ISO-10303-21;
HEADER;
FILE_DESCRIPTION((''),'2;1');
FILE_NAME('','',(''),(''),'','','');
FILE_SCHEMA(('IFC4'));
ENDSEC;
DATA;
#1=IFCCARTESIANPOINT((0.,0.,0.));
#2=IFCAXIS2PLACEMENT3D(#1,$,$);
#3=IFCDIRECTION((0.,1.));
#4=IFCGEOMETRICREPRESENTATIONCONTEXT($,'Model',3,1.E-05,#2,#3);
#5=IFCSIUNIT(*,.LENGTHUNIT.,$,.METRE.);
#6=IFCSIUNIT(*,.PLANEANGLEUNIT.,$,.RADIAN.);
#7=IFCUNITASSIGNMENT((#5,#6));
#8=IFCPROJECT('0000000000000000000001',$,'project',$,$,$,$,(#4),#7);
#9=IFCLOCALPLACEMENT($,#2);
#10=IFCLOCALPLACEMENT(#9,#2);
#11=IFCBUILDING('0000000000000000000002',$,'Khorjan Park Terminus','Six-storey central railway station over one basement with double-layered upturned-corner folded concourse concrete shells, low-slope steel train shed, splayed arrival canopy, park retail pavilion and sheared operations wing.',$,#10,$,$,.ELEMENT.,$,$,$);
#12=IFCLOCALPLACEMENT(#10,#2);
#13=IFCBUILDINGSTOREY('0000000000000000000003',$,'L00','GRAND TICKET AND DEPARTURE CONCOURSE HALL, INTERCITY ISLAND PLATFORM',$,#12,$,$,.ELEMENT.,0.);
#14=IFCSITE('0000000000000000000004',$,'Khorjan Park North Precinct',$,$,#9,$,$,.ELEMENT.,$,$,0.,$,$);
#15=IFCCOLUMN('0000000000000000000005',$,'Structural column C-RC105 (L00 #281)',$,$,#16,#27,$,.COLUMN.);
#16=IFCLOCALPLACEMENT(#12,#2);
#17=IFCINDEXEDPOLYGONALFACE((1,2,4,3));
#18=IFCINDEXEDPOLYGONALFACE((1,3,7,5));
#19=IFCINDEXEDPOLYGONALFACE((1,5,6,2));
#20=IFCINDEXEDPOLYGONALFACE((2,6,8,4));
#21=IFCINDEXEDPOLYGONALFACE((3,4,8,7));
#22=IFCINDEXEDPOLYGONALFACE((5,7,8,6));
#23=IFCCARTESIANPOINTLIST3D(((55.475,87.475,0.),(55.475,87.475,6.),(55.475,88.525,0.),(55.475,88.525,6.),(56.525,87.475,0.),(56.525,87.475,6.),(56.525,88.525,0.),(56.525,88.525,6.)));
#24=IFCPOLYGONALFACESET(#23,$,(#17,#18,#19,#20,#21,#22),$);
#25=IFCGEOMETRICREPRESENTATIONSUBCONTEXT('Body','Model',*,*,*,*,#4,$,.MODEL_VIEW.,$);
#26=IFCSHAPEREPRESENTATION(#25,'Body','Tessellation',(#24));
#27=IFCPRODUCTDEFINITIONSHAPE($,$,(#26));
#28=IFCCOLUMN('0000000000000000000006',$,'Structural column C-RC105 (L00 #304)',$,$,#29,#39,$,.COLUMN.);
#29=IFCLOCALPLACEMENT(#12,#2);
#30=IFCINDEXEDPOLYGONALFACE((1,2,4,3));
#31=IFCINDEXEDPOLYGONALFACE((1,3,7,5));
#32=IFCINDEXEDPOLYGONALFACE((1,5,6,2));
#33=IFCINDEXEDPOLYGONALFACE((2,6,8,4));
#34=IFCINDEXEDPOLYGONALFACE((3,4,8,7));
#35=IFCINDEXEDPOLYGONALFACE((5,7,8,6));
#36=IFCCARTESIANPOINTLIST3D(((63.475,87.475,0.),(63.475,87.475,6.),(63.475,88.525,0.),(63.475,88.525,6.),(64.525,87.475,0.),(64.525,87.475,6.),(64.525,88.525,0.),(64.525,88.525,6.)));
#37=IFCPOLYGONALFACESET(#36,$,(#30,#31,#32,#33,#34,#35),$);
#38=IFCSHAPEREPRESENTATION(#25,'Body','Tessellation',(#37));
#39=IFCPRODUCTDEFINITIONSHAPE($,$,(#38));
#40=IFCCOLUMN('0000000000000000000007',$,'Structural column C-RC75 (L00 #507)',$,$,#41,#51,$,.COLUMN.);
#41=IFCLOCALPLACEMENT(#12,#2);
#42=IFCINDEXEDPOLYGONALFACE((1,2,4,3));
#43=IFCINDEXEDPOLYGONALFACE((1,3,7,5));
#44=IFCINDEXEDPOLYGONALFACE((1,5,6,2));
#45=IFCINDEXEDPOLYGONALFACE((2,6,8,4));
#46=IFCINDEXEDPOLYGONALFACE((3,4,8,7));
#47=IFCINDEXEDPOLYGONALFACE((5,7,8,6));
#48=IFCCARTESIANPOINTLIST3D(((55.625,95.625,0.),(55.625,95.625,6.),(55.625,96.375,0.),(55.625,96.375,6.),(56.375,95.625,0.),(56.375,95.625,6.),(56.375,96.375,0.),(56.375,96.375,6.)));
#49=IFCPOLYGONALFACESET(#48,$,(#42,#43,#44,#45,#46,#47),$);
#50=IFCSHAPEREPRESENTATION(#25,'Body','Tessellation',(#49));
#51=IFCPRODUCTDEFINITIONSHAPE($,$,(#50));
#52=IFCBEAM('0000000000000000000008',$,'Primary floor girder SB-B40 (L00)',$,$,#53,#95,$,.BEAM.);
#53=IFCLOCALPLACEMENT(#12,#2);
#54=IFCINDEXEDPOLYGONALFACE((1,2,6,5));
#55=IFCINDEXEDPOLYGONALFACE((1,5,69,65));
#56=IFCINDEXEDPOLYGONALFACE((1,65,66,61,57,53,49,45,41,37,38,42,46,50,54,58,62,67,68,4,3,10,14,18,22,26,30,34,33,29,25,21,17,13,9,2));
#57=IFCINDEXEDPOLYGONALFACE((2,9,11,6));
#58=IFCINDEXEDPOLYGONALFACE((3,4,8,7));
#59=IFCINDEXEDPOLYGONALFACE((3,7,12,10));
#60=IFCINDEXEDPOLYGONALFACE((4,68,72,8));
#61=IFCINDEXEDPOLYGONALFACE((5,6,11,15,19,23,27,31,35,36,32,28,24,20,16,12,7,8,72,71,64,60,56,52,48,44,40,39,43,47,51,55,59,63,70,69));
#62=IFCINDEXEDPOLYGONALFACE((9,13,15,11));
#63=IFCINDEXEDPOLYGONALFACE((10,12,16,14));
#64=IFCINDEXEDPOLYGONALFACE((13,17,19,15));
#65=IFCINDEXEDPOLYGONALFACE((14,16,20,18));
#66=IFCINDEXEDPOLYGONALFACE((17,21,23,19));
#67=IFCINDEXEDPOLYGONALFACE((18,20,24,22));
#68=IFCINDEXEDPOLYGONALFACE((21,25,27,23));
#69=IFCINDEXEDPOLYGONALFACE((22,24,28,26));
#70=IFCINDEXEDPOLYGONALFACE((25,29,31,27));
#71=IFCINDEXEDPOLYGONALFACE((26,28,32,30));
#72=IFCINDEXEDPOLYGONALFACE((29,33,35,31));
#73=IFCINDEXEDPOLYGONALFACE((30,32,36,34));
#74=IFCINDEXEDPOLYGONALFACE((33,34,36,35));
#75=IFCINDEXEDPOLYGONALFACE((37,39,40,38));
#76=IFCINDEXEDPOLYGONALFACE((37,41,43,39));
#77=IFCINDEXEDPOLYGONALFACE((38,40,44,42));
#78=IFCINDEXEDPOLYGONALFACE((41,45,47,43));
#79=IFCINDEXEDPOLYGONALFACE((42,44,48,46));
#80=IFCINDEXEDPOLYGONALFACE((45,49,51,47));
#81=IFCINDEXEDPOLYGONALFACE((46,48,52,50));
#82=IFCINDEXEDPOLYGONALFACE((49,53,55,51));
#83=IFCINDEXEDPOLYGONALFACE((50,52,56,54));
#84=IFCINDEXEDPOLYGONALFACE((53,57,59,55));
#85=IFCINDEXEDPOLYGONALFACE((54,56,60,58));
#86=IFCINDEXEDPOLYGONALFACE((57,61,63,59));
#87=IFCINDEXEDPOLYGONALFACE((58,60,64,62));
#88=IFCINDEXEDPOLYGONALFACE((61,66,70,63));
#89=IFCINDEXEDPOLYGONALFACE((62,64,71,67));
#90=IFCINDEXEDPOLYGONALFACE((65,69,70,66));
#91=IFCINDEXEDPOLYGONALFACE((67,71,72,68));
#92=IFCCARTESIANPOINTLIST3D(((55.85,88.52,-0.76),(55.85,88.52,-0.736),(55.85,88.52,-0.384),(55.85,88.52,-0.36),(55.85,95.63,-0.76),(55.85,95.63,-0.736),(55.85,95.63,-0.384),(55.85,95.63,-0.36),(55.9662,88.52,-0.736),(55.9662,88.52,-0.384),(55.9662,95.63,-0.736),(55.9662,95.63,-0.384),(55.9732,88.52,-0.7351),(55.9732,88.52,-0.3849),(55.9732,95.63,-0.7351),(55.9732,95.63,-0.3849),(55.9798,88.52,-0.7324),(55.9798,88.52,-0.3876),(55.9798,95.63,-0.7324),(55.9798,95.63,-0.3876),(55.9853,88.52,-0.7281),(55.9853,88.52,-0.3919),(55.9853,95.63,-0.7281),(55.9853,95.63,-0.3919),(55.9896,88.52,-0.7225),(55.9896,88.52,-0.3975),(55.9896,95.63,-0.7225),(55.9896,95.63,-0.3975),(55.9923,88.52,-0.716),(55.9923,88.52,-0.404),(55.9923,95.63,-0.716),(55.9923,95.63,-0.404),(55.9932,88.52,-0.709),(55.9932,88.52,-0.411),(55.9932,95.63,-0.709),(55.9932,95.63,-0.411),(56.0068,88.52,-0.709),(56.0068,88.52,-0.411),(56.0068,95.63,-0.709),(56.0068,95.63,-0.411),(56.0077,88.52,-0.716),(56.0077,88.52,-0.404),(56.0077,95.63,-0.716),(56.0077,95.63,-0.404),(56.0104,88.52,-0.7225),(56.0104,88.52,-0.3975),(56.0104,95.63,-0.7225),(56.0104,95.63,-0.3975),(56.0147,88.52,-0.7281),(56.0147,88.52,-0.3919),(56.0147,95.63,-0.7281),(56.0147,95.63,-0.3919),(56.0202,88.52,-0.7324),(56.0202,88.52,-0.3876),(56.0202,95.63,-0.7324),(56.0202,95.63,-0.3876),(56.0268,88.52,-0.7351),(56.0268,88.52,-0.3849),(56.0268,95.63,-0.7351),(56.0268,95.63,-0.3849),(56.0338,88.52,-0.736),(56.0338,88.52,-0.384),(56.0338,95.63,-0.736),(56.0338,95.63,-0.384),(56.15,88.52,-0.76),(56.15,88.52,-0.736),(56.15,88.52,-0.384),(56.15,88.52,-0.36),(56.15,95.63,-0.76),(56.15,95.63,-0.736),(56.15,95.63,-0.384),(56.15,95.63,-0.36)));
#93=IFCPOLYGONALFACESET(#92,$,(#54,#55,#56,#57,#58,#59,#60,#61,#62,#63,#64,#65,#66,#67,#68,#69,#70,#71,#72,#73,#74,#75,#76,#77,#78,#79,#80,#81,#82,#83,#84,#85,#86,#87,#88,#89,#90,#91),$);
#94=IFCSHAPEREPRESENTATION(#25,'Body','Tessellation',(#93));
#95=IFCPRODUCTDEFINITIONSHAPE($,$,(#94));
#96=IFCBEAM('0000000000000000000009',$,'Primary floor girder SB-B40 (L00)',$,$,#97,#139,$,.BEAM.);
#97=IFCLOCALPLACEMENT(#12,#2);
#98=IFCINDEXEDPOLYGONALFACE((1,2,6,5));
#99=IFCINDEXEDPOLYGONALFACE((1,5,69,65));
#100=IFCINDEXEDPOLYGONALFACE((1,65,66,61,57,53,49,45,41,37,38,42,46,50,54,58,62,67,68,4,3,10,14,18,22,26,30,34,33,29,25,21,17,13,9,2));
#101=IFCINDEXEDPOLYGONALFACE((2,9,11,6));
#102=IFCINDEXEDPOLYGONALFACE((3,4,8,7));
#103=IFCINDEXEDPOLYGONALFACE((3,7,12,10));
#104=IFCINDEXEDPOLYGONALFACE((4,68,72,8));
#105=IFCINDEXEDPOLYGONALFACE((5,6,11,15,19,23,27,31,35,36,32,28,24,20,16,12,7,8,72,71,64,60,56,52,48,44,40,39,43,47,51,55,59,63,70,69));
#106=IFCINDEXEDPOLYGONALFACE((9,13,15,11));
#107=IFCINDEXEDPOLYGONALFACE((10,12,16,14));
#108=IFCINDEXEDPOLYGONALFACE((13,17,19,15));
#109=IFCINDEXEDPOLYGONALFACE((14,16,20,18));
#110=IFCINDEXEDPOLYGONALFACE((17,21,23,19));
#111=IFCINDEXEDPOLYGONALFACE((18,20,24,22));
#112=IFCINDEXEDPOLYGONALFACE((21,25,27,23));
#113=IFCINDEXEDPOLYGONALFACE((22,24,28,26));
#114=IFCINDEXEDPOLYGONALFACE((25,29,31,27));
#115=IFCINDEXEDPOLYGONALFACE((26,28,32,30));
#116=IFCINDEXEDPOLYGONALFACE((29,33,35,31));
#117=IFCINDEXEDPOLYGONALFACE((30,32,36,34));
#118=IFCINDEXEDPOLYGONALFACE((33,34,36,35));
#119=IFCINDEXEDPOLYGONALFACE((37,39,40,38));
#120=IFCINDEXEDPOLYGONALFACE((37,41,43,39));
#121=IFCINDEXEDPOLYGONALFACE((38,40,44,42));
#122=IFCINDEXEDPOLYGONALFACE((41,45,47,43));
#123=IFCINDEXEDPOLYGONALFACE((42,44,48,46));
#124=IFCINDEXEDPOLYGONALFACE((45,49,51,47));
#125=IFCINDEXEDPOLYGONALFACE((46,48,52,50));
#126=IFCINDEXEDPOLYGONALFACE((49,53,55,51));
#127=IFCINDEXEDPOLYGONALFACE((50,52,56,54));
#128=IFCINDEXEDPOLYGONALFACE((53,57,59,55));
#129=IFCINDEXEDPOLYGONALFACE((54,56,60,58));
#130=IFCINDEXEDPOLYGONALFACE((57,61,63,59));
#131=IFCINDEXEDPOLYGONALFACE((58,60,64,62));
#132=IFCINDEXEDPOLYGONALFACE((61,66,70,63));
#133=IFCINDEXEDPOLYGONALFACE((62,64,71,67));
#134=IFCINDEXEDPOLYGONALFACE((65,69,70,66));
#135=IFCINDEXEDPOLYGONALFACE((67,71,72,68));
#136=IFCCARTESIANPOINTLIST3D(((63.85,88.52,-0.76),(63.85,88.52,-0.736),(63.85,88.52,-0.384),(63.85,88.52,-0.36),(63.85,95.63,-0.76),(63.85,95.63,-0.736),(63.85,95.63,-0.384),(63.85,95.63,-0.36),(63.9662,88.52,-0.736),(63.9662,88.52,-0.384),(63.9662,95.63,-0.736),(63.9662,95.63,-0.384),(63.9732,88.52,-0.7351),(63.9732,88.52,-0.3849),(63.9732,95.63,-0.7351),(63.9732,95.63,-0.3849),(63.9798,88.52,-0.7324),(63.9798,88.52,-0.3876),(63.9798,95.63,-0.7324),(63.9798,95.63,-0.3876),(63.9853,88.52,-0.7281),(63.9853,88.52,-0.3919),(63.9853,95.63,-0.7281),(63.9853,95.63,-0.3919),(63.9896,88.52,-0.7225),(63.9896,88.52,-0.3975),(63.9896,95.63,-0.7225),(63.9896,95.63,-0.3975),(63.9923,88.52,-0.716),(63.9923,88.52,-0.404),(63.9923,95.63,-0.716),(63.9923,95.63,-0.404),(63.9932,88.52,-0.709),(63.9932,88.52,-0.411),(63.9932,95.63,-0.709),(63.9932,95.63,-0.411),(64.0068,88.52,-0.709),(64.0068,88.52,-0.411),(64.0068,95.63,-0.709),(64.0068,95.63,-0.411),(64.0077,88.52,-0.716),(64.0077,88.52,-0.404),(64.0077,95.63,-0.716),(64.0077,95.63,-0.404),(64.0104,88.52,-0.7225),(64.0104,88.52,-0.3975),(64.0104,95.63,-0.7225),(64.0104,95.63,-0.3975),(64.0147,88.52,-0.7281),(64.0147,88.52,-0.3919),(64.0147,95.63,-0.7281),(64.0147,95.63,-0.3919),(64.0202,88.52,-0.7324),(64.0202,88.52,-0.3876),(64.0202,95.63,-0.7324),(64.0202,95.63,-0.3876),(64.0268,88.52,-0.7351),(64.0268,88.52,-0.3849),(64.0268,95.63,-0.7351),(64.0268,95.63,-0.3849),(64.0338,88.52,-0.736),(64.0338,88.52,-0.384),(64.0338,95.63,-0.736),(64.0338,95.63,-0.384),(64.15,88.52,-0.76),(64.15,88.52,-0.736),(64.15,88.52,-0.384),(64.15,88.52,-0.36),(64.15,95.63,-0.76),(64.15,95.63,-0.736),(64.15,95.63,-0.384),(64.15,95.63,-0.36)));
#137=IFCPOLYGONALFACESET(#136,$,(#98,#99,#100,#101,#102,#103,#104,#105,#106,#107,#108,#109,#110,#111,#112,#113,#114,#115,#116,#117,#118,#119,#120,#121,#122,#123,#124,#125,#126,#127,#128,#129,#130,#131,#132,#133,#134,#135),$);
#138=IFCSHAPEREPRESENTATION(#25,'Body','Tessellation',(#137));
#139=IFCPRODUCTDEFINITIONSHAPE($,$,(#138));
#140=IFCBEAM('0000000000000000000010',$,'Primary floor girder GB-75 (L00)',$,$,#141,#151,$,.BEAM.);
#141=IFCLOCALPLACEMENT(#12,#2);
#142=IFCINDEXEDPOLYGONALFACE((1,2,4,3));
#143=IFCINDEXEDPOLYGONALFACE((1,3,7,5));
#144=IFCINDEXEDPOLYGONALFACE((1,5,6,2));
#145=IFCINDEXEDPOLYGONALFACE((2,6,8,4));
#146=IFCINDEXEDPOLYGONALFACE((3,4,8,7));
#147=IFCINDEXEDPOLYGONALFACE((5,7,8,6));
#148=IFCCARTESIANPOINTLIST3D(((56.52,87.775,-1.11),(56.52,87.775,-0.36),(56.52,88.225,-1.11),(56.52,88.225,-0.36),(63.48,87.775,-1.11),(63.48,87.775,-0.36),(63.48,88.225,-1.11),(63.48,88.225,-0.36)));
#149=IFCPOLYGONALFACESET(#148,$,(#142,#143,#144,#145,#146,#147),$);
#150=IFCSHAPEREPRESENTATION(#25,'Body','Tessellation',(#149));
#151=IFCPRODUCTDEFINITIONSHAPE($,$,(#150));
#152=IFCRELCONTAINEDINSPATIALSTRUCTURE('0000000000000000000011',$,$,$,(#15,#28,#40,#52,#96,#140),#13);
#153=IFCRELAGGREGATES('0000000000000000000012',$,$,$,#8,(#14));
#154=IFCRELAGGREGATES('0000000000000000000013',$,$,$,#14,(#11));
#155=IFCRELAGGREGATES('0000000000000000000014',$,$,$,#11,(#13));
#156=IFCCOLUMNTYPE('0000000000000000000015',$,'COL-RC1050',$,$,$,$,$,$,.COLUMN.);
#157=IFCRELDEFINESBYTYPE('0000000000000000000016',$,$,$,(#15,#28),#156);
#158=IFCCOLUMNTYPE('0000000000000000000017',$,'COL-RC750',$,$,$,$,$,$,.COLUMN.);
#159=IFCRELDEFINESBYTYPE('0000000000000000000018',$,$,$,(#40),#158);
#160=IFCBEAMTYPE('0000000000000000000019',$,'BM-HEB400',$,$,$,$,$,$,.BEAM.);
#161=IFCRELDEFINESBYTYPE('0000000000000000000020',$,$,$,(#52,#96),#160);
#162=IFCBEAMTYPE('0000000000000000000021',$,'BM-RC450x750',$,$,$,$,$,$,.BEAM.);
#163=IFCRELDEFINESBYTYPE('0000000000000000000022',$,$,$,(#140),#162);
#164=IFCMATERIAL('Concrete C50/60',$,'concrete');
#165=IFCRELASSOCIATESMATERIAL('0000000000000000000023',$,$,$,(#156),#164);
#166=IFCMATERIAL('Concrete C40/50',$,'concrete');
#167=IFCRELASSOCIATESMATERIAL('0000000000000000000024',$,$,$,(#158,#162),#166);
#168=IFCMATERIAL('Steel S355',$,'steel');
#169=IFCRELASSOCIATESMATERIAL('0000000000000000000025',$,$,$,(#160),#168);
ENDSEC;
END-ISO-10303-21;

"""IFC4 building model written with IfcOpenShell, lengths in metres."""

from ifc_helpers import new_model, si_unit, direction, frame, origin, origin_2d, place, context, subcontext, project, spatial, rectangle, i_section, extrude, material, material_profile, profile_set, type_object, element, save


model = new_model("IFC4")

# Units and contexts
model_context = context("Model", 3, precision=1e-05, world=origin(), true_north=direction((0.0, 1.0)))
body_context = subcontext(model_context, "Body", "Model", "MODEL_VIEW")
ifc_project = project(units=[si_unit("LENGTHUNIT", "METRE"), si_unit("PLANEANGLEUNIT", "RADIAN")], contexts=[model_context])

# Site, building, storey
site_placement = place(None, origin())
site = spatial("IfcSite", under=ifc_project, at=site_placement, Name="Khorjan Park North Precinct", CompositionType="ELEMENT", RefElevation=0.0)
building_placement = place(site_placement, origin())
building = spatial("IfcBuilding", under=site, at=building_placement, Name="Khorjan Park Terminus", Description="Six-storey central railway station over one basement with double-layered upturned-corner folded concourse concrete shells, low-slope steel train shed, splayed arrival canopy, park retail pavilion and sheared operations wing.", CompositionType="ELEMENT")
storey_placement = place(building_placement, origin())
storey = spatial("IfcBuildingStorey", under=building, at=storey_placement, Name="L00", Description="GRAND TICKET AND DEPARTURE CONCOURSE HALL, INTERCITY ISLAND PLATFORM", CompositionType="ELEMENT", Elevation=0.0)

# Columns
ifc_material_1 = material(Name="Concrete C50/60", Category="concrete")
ifc_material_profile_1 = material_profile(ifc_material_1, rectangle(XDim=1.05, YDim=1.05, at=origin_2d()), Name="RC 1050x1050")
ifc_profile_set_1 = profile_set([ifc_material_profile_1], Name="Concrete C50/60")
column_type_1 = type_object("IfcColumnType", Name="COL-RC1050", PredefinedType="COLUMN", material=ifc_profile_set_1)
for number, where, z_axis, x_axis, name in (
    (1, (56.0, 88.0, 0.0), (0.0, 0.0, 1.0), (1.0, 0.0, 0.0), "Structural column C-RC105 (L00 #281)"),
    (2, (64.0, 88.0, 0.0), (0.0, 0.0, 1.0), (1.0, 0.0, 0.0), "Structural column C-RC105 (L00 #304)"),
):
    element("IfcColumn", number, at=place(storey_placement, frame(where, z_axis=z_axis, x_axis=x_axis)), inside=storey, type_object=column_type_1, Name=name, PredefinedType="COLUMN", context=body_context, shape_type="SweptSolid", body=[
        extrude(rectangle(XDim=1.05, YDim=1.05, at=origin_2d()), origin(), (0.0, 0.0, 1.0), 6.0),
    ])
ifc_material_2 = material(Name="Concrete C40/50", Category="concrete")
ifc_material_profile_2 = material_profile(ifc_material_2, rectangle(XDim=0.75, YDim=0.75, at=origin_2d()), Name="RC 750x750")
ifc_profile_set_2 = profile_set([ifc_material_profile_2], Name="Concrete C40/50")
column_type_2 = type_object("IfcColumnType", Name="COL-RC750", PredefinedType="COLUMN", material=ifc_profile_set_2)
column_placement = place(storey_placement, frame((56.0, 96.0, 0.0), z_axis=(0.0, 0.0, 1.0), x_axis=(1.0, 0.0, 0.0)))
element("IfcColumn", 3, at=column_placement, inside=storey, type_object=column_type_2, Name="Structural column C-RC75 (L00 #507)", PredefinedType="COLUMN", context=body_context, shape_type="SweptSolid", body=[
    extrude(rectangle(XDim=0.75, YDim=0.75, at=origin_2d()), origin(), (0.0, 0.0, 1.0), 6.0),
])

# Beams
ifc_material_3 = material(Name="Steel S355", Category="steel")
ifc_material_profile_3 = material_profile(ifc_material_3, i_section(OverallWidth=0.3, OverallDepth=0.4, WebThickness=0.0135, FlangeThickness=0.024, FilletRadius=0.027, at=origin_2d()), Name="HEB 400")
ifc_profile_set_3 = profile_set([ifc_material_profile_3], Name="Steel S355")
beam_type_1 = type_object("IfcBeamType", Name="BM-HEB400", PredefinedType="BEAM", material=ifc_profile_set_3)
for number, where, z_axis, x_axis, name in (
    (4, (56.0, 88.52, -0.56), (0.0, 1.0, 0.0), (-1.0, 0.0, 0.0), "Primary floor girder SB-B40 (L00)"),
    (5, (64.0, 88.52, -0.56), (0.0, 1.0, 0.0), (-1.0, 0.0, 0.0), "Primary floor girder SB-B40 (L00)"),
):
    element("IfcBeam", number, at=place(storey_placement, frame(where, z_axis=z_axis, x_axis=x_axis)), inside=storey, type_object=beam_type_1, Name=name, PredefinedType="BEAM", context=body_context, shape_type="SweptSolid", body=[
        extrude(i_section(OverallWidth=0.3, OverallDepth=0.4, WebThickness=0.0135, FlangeThickness=0.024, FilletRadius=0.027, at=origin_2d()), origin(), (0.0, 0.0, 1.0), 7.11),
    ])
ifc_material_profile_4 = material_profile(ifc_material_2, rectangle(XDim=0.45, YDim=0.75, at=origin_2d()), Name="RC 450x750")
ifc_profile_set_4 = profile_set([ifc_material_profile_4], Name="Concrete C40/50")
beam_type_2 = type_object("IfcBeamType", Name="BM-RC450x750", PredefinedType="BEAM", material=ifc_profile_set_4)
beam_1_placement = place(storey_placement, frame((56.52, 88.0, -0.735), z_axis=(1.0, 0.0, 0.0), x_axis=(0.0, 1.0, 0.0)))
element("IfcBeam", 6, at=beam_1_placement, inside=storey, type_object=beam_type_2, Name="Primary floor girder GB-75 (L00)", PredefinedType="BEAM", context=body_context, shape_type="SweptSolid", body=[
    extrude(rectangle(XDim=0.45, YDim=0.75, at=origin_2d()), origin(), (0.0, 0.0, 1.0), 6.96),
])

save(model, "model.ifc")
